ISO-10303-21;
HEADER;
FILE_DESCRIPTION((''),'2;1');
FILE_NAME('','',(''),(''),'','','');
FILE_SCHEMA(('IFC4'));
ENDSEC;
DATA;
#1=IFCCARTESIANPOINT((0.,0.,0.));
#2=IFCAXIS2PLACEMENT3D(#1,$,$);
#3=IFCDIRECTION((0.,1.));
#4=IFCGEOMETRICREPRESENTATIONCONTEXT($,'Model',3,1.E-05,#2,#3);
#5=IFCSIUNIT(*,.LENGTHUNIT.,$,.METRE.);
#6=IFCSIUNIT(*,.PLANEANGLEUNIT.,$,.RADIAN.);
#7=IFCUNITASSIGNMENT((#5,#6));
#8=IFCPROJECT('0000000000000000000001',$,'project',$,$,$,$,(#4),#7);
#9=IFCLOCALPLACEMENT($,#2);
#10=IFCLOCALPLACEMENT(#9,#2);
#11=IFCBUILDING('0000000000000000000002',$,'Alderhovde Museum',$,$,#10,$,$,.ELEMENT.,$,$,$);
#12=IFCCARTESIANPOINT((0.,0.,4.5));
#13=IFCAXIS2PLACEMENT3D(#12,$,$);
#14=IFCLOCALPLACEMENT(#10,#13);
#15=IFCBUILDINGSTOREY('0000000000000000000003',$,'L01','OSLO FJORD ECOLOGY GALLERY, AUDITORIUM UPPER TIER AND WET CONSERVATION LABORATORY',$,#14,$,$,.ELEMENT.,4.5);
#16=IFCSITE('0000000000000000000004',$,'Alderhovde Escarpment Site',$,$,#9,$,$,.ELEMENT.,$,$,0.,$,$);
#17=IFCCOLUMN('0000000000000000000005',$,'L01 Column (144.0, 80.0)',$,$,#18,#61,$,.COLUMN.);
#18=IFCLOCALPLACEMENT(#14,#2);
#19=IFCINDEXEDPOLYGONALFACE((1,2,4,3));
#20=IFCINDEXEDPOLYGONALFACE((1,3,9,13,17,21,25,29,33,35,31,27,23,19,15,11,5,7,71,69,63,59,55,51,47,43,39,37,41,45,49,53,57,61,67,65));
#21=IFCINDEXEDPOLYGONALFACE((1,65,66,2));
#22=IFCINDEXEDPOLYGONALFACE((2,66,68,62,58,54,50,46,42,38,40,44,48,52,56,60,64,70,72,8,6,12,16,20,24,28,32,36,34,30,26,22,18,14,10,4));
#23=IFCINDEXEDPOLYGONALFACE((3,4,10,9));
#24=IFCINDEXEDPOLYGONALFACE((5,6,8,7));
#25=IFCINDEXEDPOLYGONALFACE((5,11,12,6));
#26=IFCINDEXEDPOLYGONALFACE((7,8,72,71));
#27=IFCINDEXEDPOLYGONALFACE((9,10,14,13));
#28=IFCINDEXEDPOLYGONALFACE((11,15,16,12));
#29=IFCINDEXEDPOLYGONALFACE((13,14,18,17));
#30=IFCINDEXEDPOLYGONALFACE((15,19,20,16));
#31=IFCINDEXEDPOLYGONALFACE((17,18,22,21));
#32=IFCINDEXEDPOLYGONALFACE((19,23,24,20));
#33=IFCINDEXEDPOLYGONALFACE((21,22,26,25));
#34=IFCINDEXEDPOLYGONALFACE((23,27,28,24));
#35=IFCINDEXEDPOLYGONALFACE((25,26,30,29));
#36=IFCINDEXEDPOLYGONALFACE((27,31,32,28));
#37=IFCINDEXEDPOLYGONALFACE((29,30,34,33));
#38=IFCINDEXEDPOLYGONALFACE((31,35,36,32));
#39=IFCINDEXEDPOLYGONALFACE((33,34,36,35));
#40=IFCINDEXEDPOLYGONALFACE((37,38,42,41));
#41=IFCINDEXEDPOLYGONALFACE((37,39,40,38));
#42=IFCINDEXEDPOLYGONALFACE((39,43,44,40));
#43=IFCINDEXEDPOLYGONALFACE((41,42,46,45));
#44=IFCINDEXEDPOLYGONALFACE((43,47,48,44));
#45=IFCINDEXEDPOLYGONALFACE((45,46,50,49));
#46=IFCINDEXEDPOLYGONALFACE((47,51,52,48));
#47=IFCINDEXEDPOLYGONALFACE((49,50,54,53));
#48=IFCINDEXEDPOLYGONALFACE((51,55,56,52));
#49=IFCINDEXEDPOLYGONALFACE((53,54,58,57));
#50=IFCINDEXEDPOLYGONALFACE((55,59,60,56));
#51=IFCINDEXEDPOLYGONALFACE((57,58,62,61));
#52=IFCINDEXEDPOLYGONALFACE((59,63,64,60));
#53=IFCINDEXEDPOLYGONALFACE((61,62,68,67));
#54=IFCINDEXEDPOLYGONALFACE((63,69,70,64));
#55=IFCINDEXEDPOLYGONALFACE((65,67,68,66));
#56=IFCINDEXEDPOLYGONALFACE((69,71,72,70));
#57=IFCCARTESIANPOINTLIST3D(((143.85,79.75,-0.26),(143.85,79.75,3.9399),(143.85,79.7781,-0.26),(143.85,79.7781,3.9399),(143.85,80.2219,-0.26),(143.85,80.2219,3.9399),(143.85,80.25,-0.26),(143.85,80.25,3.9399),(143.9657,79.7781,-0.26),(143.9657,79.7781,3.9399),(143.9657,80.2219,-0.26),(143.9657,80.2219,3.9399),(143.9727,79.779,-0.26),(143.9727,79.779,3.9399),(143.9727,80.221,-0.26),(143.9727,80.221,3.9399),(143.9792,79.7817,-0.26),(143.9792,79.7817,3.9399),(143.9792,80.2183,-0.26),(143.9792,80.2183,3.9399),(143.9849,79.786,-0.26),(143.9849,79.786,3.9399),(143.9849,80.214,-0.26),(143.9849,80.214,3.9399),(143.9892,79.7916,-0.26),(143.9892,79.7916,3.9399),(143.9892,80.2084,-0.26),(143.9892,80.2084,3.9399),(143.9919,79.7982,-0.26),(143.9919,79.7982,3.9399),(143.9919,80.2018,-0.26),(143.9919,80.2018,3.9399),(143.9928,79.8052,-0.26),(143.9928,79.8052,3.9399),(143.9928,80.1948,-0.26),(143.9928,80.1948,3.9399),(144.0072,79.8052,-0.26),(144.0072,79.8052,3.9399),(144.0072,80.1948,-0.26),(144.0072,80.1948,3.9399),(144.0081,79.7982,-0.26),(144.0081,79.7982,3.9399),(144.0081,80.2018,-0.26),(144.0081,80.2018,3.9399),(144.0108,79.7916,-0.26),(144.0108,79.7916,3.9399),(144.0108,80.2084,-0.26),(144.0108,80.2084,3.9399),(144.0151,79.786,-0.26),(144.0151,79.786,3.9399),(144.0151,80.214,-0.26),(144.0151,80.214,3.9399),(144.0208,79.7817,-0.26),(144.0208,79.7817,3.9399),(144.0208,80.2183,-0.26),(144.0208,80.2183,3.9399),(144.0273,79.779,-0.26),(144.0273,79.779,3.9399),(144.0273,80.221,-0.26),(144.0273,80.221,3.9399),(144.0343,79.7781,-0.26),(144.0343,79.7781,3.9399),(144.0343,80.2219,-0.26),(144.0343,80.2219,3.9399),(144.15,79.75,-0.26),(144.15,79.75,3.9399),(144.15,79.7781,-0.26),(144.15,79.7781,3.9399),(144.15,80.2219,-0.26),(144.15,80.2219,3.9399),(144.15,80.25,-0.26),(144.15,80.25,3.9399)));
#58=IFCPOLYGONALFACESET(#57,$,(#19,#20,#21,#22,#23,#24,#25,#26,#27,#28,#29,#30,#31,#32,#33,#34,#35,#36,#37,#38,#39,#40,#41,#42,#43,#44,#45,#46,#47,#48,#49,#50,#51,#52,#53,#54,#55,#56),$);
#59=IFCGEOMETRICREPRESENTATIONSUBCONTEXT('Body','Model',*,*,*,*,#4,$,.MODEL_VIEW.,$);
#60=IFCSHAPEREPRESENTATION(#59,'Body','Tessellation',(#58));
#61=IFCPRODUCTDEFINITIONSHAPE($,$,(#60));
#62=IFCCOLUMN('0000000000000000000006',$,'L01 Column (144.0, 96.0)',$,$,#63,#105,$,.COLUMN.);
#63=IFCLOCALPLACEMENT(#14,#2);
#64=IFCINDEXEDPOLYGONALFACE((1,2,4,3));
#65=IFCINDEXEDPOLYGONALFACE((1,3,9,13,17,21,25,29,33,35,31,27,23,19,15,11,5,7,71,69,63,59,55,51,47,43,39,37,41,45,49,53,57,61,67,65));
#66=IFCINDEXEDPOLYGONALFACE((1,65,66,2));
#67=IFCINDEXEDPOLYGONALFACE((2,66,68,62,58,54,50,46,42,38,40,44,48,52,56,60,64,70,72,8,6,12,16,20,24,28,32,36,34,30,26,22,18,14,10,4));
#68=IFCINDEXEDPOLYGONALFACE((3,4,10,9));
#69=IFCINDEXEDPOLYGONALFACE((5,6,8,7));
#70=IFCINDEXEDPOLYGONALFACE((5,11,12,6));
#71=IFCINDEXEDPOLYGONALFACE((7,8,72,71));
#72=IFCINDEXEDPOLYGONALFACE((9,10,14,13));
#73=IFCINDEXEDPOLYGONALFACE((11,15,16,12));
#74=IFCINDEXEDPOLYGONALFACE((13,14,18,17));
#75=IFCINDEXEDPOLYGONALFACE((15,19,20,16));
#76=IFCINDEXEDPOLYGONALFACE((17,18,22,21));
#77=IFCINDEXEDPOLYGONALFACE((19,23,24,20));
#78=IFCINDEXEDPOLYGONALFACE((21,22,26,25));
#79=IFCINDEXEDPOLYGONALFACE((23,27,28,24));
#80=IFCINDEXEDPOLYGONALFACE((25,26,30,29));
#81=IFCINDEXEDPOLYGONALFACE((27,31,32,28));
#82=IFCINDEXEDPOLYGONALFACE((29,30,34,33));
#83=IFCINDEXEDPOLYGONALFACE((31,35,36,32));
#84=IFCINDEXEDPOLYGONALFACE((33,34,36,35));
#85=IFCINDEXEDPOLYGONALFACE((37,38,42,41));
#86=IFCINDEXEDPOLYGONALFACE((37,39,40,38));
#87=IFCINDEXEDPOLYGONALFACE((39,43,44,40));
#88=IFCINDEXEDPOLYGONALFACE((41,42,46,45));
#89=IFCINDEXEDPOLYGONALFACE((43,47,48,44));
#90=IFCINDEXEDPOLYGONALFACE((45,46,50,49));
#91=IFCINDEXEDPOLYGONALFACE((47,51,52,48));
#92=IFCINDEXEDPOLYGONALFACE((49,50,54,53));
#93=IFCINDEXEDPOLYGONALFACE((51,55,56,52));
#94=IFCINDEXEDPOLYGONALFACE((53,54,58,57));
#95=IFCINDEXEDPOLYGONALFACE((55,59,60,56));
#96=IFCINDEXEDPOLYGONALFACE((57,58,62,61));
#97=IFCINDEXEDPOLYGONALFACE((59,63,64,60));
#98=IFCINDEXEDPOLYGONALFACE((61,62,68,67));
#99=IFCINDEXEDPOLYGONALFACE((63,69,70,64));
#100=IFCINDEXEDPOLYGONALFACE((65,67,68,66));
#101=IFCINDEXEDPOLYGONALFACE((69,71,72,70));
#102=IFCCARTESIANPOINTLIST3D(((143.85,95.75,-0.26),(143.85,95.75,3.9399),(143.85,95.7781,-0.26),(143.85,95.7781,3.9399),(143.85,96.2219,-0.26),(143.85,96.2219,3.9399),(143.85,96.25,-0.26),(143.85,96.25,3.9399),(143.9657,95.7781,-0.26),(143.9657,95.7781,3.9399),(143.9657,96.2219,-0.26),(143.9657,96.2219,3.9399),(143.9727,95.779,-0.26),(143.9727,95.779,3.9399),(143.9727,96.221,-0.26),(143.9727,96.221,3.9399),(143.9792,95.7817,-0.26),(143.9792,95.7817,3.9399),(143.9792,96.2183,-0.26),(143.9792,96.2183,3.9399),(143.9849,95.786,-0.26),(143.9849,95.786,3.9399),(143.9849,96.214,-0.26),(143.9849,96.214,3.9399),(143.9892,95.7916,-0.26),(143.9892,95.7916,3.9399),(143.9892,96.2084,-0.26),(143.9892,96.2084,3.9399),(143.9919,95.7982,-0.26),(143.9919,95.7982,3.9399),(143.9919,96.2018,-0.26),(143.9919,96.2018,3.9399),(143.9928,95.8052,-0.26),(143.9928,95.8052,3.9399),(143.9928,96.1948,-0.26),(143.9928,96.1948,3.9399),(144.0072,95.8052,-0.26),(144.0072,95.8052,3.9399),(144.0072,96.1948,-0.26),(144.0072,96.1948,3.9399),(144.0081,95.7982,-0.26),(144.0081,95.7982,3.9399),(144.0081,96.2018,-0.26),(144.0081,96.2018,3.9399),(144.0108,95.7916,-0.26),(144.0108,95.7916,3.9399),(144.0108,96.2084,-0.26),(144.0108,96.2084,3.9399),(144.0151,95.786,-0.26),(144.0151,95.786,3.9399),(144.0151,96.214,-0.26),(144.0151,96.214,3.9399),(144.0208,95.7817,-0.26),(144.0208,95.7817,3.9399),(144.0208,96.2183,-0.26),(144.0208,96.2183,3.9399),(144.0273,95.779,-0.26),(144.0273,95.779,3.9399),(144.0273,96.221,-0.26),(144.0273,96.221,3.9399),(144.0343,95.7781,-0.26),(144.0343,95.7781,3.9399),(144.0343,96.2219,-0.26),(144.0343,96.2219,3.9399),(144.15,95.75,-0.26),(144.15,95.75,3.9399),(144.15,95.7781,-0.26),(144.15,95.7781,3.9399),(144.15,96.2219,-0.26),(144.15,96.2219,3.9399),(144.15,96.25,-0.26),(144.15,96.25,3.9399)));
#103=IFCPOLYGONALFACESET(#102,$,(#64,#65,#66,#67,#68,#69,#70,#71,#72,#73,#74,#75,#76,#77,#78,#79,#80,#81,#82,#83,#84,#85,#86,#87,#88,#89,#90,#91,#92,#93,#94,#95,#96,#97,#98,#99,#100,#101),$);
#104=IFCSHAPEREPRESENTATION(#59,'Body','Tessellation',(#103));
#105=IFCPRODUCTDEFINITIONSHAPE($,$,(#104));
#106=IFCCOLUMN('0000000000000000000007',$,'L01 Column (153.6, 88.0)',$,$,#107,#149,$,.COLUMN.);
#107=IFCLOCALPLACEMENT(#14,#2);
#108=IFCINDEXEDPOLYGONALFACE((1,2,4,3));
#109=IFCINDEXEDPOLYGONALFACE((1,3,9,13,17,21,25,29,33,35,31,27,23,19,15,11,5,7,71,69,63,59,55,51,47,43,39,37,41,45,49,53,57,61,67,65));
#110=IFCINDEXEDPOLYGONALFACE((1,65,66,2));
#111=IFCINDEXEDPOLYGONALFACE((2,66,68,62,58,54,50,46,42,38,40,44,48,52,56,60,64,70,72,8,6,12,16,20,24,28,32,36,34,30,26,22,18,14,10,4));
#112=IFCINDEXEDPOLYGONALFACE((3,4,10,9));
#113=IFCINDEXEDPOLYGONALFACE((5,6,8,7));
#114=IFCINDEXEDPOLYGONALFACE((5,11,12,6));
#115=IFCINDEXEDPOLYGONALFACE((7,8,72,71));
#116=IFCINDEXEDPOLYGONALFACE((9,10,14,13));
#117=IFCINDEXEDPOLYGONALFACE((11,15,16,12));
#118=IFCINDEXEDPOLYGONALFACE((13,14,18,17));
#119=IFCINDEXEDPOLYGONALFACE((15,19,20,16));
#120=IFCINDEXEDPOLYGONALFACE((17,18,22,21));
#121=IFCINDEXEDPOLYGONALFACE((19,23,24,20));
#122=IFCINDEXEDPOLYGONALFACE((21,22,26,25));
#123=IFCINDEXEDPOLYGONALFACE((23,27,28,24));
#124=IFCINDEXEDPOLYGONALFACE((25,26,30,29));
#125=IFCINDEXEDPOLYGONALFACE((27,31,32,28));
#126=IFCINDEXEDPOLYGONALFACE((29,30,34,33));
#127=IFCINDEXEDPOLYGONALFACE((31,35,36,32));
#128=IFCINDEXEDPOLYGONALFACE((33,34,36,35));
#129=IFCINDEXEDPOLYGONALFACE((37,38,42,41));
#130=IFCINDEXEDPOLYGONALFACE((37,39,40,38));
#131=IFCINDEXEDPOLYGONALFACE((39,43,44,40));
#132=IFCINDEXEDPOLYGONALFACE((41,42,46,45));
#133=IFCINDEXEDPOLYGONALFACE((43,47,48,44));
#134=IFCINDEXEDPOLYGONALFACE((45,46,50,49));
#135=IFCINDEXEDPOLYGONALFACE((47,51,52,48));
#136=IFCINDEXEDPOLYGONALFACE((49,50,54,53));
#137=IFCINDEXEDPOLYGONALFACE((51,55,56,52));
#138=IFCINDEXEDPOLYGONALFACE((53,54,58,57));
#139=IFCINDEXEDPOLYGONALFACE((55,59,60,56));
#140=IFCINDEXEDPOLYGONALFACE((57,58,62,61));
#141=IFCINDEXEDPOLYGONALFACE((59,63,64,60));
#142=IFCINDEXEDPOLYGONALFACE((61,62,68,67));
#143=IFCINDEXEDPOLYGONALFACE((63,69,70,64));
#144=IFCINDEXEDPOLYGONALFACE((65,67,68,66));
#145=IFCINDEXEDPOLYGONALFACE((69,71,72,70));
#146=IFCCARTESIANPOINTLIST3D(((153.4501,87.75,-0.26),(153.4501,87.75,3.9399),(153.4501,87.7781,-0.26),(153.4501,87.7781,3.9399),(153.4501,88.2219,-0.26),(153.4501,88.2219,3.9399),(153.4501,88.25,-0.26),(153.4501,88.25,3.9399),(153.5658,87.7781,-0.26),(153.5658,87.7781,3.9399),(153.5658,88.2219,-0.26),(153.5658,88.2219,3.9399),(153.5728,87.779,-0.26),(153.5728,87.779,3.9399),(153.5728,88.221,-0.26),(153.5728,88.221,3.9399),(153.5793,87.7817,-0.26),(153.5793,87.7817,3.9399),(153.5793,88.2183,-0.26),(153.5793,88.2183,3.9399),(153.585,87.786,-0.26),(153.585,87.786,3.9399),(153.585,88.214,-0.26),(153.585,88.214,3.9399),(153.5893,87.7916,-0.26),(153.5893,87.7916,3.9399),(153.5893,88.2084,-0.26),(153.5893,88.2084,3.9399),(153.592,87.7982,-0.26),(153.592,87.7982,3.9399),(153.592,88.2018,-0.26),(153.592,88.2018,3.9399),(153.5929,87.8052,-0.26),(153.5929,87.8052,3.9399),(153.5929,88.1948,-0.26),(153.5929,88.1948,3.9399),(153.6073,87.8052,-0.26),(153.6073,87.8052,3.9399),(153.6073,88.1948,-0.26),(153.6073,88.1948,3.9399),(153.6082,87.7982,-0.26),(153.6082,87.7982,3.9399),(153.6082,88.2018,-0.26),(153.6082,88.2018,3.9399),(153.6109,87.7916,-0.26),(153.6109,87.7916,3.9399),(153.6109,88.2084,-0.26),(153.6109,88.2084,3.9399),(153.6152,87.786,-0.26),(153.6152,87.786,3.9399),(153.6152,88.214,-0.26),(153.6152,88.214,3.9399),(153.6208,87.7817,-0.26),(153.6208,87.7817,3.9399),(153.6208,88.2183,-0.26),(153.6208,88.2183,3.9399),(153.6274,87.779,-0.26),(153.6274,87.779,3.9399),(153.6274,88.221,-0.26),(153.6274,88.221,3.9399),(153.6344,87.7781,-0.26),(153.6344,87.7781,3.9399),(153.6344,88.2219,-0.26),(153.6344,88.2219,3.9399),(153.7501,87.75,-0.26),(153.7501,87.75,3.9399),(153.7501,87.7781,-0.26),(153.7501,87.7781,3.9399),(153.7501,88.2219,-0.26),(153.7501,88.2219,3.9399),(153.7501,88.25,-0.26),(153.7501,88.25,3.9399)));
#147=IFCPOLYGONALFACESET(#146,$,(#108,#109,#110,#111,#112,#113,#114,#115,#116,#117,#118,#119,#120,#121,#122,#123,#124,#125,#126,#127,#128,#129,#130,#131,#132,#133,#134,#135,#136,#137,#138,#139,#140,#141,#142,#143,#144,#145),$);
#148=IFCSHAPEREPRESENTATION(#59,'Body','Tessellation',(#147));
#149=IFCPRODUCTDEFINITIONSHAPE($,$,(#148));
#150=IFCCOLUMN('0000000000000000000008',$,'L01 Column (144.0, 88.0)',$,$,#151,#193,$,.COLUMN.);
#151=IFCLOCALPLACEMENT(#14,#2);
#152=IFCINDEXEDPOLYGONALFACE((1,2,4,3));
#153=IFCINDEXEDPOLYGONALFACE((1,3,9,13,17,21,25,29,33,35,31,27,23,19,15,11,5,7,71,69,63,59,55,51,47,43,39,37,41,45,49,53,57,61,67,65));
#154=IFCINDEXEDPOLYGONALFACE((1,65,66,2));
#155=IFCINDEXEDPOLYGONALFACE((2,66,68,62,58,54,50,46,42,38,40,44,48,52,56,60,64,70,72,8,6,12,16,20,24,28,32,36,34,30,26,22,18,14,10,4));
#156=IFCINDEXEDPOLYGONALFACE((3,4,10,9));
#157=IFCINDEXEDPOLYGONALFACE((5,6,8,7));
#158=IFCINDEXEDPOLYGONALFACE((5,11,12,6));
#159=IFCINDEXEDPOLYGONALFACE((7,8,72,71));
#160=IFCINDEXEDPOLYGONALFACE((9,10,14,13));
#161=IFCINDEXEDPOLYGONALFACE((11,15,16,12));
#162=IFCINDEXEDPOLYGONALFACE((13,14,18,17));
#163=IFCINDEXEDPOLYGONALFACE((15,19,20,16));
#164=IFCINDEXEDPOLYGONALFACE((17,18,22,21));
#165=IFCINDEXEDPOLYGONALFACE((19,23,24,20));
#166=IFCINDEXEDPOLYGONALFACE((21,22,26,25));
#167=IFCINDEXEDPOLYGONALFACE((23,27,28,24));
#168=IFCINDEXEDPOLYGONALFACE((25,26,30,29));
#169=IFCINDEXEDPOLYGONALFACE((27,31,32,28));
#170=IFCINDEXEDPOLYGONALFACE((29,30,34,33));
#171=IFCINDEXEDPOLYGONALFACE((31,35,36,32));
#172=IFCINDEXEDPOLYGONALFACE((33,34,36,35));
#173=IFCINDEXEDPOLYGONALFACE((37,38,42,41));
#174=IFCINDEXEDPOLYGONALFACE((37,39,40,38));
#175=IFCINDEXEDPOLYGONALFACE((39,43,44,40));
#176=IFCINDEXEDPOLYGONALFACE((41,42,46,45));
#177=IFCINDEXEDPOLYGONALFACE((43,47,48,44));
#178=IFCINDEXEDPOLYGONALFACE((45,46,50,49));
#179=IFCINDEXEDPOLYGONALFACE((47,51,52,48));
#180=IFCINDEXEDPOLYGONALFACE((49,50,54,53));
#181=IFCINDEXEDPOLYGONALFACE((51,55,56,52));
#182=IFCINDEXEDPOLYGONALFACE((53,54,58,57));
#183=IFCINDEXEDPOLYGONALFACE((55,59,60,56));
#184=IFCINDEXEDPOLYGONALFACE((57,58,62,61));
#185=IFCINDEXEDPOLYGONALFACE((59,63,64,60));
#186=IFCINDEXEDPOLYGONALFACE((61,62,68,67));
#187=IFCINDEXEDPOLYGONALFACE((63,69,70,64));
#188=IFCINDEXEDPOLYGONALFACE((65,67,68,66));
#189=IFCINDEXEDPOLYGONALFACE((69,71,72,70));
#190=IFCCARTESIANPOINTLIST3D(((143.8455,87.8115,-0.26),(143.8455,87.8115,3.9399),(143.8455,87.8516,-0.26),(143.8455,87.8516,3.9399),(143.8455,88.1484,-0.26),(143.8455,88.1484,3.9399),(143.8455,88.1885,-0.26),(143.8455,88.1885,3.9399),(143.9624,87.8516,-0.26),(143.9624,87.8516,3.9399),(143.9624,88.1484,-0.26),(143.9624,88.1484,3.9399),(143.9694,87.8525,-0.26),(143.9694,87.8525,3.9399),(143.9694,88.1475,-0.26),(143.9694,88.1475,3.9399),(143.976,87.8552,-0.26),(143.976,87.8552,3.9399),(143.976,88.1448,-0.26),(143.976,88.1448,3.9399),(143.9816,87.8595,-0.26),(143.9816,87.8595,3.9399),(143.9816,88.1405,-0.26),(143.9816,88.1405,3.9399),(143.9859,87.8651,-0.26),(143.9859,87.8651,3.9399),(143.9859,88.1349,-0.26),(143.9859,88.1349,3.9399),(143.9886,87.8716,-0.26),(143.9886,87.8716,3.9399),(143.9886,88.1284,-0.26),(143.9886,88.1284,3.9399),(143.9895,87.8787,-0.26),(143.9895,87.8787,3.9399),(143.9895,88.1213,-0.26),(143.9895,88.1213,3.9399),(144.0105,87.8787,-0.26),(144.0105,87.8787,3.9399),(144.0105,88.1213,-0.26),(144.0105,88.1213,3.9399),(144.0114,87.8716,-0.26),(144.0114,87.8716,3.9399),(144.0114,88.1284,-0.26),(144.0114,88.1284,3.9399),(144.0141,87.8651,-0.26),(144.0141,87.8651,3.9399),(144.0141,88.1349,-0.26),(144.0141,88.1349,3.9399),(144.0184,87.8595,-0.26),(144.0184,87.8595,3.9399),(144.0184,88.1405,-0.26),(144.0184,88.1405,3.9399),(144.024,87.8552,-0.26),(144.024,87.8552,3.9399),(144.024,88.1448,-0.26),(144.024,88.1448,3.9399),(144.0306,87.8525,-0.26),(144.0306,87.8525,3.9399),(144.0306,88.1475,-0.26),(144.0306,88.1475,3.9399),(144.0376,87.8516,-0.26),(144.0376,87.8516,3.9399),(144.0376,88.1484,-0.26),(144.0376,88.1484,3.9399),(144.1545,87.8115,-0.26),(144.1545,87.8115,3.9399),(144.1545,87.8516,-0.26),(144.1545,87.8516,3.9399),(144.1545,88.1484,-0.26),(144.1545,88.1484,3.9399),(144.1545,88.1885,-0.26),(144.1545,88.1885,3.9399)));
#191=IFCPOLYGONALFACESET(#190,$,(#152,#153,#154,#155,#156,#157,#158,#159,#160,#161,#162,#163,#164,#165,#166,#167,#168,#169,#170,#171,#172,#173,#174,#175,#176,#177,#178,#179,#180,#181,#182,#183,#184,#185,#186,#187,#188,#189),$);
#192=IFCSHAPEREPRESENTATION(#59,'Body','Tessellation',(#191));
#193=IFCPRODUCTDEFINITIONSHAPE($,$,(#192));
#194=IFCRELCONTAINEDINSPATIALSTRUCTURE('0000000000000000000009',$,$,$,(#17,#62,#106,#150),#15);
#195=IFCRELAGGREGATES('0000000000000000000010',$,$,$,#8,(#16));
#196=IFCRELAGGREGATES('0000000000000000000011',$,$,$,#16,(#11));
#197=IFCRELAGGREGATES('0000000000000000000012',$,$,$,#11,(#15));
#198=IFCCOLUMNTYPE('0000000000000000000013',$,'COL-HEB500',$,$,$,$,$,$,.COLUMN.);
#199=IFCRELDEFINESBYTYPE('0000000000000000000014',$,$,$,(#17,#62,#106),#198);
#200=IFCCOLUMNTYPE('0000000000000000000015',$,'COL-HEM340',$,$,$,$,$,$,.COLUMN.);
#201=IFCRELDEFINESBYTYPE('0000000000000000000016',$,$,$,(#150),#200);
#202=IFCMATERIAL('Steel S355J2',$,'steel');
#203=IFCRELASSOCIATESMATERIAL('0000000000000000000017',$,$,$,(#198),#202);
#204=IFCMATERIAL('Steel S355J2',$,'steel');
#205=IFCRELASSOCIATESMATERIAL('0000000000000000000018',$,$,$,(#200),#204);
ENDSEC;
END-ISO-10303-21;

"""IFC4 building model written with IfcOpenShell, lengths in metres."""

from ifc_helpers import new_model, si_unit, direction, frame, origin, origin_2d, place, context, subcontext, project, spatial, i_section, extrude, material, material_profile, profile_set, type_object, element, save


model = new_model("IFC4")

# Units and contexts
model_context = context("Model", 3, precision=1e-05, world=origin(), true_north=direction((0.0, 1.0)))
body_context = subcontext(model_context, "Body", "Model", "MODEL_VIEW")
ifc_project = project(units=[si_unit("LENGTHUNIT", "METRE"), si_unit("PLANEANGLEUNIT", "RADIAN")], contexts=[model_context])

# Site, building, storey
site_placement = place(None, origin())
site = spatial("IfcSite", under=ifc_project, at=site_placement, Name="Alderhovde Escarpment Site", CompositionType="ELEMENT", RefElevation=0.0)
building_placement = place(site_placement, origin())
building = spatial("IfcBuilding", under=site, at=building_placement, Name="Alderhovde Museum", CompositionType="ELEMENT")
storey_placement = place(building_placement, frame((0.0, 0.0, 4.5)))
storey = spatial("IfcBuildingStorey", under=building, at=storey_placement, Name="L01", Description="OSLO FJORD ECOLOGY GALLERY, AUDITORIUM UPPER TIER AND WET CONSERVATION LABORATORY", CompositionType="ELEMENT", Elevation=4.5)

# Columns
ifc_material_1 = material(Name="Steel S355J2", Category="steel")
ifc_material_profile_1 = material_profile(ifc_material_1, i_section(OverallWidth=0.3, OverallDepth=0.5, WebThickness=0.0144, FlangeThickness=0.0281, FilletRadius=0.0271, at=origin_2d()), Name="HEB 500")
ifc_profile_set_1 = profile_set([ifc_material_profile_1], Name="Steel S355J2")
column_type_1 = type_object("IfcColumnType", Name="COL-HEB500", PredefinedType="COLUMN", material=ifc_profile_set_1)
for number, where, z_axis, x_axis, name in (
    (1, (144.0, 80.0, -0.26), (0.0, 0.0, 1.0), (1.0, 0.0, 0.0), "L01 Column (144.0, 80.0)"),
    (2, (144.0, 96.0, -0.26), (0.0, 0.0, 1.0), (1.0, 0.0, 0.0), "L01 Column (144.0, 96.0)"),
    (3, (153.6001, 88.0, -0.26), (0.0, 0.0, 1.0), (1.0, 0.0, 0.0), "L01 Column (153.6, 88.0)"),
):
    element("IfcColumn", number, at=place(storey_placement, frame(where, z_axis=z_axis, x_axis=x_axis)), inside=storey, type_object=column_type_1, Name=name, PredefinedType="COLUMN", context=body_context, shape_type="SweptSolid", body=[
        extrude(i_section(OverallWidth=0.3, OverallDepth=0.5, WebThickness=0.0144, FlangeThickness=0.0281, FilletRadius=0.0271, at=origin_2d()), origin(), (0.0, 0.0, 1.0), 4.2),
    ])
ifc_material_2 = material(Name="Steel S355J2", Category="steel")
ifc_material_profile_2 = material_profile(ifc_material_2, i_section(OverallWidth=0.3091, OverallDepth=0.377, WebThickness=0.021, FlangeThickness=0.04, FilletRadius=0.0271, at=origin_2d()), Name="HEM 340")
ifc_profile_set_2 = profile_set([ifc_material_profile_2], Name="Steel S355J2")
column_type_2 = type_object("IfcColumnType", Name="COL-HEM340", PredefinedType="COLUMN", material=ifc_profile_set_2)
for number, where, z_axis, x_axis, name in (
    (4, (144.0, 88.0, -0.26), (0.0, 0.0, 1.0), (1.0, 0.0, 0.0), "L01 Column (144.0, 88.0)"),
):
    element("IfcColumn", number, at=place(storey_placement, frame(where, z_axis=z_axis, x_axis=x_axis)), inside=storey, type_object=column_type_2, Name=name, PredefinedType="COLUMN", context=body_context, shape_type="SweptSolid", body=[
        extrude(i_section(OverallWidth=0.3091, OverallDepth=0.377, WebThickness=0.021, FlangeThickness=0.04, FilletRadius=0.0271, at=origin_2d()), origin(), (0.0, 0.0, 1.0), 4.2),
    ])

save(model, "model.ifc")
